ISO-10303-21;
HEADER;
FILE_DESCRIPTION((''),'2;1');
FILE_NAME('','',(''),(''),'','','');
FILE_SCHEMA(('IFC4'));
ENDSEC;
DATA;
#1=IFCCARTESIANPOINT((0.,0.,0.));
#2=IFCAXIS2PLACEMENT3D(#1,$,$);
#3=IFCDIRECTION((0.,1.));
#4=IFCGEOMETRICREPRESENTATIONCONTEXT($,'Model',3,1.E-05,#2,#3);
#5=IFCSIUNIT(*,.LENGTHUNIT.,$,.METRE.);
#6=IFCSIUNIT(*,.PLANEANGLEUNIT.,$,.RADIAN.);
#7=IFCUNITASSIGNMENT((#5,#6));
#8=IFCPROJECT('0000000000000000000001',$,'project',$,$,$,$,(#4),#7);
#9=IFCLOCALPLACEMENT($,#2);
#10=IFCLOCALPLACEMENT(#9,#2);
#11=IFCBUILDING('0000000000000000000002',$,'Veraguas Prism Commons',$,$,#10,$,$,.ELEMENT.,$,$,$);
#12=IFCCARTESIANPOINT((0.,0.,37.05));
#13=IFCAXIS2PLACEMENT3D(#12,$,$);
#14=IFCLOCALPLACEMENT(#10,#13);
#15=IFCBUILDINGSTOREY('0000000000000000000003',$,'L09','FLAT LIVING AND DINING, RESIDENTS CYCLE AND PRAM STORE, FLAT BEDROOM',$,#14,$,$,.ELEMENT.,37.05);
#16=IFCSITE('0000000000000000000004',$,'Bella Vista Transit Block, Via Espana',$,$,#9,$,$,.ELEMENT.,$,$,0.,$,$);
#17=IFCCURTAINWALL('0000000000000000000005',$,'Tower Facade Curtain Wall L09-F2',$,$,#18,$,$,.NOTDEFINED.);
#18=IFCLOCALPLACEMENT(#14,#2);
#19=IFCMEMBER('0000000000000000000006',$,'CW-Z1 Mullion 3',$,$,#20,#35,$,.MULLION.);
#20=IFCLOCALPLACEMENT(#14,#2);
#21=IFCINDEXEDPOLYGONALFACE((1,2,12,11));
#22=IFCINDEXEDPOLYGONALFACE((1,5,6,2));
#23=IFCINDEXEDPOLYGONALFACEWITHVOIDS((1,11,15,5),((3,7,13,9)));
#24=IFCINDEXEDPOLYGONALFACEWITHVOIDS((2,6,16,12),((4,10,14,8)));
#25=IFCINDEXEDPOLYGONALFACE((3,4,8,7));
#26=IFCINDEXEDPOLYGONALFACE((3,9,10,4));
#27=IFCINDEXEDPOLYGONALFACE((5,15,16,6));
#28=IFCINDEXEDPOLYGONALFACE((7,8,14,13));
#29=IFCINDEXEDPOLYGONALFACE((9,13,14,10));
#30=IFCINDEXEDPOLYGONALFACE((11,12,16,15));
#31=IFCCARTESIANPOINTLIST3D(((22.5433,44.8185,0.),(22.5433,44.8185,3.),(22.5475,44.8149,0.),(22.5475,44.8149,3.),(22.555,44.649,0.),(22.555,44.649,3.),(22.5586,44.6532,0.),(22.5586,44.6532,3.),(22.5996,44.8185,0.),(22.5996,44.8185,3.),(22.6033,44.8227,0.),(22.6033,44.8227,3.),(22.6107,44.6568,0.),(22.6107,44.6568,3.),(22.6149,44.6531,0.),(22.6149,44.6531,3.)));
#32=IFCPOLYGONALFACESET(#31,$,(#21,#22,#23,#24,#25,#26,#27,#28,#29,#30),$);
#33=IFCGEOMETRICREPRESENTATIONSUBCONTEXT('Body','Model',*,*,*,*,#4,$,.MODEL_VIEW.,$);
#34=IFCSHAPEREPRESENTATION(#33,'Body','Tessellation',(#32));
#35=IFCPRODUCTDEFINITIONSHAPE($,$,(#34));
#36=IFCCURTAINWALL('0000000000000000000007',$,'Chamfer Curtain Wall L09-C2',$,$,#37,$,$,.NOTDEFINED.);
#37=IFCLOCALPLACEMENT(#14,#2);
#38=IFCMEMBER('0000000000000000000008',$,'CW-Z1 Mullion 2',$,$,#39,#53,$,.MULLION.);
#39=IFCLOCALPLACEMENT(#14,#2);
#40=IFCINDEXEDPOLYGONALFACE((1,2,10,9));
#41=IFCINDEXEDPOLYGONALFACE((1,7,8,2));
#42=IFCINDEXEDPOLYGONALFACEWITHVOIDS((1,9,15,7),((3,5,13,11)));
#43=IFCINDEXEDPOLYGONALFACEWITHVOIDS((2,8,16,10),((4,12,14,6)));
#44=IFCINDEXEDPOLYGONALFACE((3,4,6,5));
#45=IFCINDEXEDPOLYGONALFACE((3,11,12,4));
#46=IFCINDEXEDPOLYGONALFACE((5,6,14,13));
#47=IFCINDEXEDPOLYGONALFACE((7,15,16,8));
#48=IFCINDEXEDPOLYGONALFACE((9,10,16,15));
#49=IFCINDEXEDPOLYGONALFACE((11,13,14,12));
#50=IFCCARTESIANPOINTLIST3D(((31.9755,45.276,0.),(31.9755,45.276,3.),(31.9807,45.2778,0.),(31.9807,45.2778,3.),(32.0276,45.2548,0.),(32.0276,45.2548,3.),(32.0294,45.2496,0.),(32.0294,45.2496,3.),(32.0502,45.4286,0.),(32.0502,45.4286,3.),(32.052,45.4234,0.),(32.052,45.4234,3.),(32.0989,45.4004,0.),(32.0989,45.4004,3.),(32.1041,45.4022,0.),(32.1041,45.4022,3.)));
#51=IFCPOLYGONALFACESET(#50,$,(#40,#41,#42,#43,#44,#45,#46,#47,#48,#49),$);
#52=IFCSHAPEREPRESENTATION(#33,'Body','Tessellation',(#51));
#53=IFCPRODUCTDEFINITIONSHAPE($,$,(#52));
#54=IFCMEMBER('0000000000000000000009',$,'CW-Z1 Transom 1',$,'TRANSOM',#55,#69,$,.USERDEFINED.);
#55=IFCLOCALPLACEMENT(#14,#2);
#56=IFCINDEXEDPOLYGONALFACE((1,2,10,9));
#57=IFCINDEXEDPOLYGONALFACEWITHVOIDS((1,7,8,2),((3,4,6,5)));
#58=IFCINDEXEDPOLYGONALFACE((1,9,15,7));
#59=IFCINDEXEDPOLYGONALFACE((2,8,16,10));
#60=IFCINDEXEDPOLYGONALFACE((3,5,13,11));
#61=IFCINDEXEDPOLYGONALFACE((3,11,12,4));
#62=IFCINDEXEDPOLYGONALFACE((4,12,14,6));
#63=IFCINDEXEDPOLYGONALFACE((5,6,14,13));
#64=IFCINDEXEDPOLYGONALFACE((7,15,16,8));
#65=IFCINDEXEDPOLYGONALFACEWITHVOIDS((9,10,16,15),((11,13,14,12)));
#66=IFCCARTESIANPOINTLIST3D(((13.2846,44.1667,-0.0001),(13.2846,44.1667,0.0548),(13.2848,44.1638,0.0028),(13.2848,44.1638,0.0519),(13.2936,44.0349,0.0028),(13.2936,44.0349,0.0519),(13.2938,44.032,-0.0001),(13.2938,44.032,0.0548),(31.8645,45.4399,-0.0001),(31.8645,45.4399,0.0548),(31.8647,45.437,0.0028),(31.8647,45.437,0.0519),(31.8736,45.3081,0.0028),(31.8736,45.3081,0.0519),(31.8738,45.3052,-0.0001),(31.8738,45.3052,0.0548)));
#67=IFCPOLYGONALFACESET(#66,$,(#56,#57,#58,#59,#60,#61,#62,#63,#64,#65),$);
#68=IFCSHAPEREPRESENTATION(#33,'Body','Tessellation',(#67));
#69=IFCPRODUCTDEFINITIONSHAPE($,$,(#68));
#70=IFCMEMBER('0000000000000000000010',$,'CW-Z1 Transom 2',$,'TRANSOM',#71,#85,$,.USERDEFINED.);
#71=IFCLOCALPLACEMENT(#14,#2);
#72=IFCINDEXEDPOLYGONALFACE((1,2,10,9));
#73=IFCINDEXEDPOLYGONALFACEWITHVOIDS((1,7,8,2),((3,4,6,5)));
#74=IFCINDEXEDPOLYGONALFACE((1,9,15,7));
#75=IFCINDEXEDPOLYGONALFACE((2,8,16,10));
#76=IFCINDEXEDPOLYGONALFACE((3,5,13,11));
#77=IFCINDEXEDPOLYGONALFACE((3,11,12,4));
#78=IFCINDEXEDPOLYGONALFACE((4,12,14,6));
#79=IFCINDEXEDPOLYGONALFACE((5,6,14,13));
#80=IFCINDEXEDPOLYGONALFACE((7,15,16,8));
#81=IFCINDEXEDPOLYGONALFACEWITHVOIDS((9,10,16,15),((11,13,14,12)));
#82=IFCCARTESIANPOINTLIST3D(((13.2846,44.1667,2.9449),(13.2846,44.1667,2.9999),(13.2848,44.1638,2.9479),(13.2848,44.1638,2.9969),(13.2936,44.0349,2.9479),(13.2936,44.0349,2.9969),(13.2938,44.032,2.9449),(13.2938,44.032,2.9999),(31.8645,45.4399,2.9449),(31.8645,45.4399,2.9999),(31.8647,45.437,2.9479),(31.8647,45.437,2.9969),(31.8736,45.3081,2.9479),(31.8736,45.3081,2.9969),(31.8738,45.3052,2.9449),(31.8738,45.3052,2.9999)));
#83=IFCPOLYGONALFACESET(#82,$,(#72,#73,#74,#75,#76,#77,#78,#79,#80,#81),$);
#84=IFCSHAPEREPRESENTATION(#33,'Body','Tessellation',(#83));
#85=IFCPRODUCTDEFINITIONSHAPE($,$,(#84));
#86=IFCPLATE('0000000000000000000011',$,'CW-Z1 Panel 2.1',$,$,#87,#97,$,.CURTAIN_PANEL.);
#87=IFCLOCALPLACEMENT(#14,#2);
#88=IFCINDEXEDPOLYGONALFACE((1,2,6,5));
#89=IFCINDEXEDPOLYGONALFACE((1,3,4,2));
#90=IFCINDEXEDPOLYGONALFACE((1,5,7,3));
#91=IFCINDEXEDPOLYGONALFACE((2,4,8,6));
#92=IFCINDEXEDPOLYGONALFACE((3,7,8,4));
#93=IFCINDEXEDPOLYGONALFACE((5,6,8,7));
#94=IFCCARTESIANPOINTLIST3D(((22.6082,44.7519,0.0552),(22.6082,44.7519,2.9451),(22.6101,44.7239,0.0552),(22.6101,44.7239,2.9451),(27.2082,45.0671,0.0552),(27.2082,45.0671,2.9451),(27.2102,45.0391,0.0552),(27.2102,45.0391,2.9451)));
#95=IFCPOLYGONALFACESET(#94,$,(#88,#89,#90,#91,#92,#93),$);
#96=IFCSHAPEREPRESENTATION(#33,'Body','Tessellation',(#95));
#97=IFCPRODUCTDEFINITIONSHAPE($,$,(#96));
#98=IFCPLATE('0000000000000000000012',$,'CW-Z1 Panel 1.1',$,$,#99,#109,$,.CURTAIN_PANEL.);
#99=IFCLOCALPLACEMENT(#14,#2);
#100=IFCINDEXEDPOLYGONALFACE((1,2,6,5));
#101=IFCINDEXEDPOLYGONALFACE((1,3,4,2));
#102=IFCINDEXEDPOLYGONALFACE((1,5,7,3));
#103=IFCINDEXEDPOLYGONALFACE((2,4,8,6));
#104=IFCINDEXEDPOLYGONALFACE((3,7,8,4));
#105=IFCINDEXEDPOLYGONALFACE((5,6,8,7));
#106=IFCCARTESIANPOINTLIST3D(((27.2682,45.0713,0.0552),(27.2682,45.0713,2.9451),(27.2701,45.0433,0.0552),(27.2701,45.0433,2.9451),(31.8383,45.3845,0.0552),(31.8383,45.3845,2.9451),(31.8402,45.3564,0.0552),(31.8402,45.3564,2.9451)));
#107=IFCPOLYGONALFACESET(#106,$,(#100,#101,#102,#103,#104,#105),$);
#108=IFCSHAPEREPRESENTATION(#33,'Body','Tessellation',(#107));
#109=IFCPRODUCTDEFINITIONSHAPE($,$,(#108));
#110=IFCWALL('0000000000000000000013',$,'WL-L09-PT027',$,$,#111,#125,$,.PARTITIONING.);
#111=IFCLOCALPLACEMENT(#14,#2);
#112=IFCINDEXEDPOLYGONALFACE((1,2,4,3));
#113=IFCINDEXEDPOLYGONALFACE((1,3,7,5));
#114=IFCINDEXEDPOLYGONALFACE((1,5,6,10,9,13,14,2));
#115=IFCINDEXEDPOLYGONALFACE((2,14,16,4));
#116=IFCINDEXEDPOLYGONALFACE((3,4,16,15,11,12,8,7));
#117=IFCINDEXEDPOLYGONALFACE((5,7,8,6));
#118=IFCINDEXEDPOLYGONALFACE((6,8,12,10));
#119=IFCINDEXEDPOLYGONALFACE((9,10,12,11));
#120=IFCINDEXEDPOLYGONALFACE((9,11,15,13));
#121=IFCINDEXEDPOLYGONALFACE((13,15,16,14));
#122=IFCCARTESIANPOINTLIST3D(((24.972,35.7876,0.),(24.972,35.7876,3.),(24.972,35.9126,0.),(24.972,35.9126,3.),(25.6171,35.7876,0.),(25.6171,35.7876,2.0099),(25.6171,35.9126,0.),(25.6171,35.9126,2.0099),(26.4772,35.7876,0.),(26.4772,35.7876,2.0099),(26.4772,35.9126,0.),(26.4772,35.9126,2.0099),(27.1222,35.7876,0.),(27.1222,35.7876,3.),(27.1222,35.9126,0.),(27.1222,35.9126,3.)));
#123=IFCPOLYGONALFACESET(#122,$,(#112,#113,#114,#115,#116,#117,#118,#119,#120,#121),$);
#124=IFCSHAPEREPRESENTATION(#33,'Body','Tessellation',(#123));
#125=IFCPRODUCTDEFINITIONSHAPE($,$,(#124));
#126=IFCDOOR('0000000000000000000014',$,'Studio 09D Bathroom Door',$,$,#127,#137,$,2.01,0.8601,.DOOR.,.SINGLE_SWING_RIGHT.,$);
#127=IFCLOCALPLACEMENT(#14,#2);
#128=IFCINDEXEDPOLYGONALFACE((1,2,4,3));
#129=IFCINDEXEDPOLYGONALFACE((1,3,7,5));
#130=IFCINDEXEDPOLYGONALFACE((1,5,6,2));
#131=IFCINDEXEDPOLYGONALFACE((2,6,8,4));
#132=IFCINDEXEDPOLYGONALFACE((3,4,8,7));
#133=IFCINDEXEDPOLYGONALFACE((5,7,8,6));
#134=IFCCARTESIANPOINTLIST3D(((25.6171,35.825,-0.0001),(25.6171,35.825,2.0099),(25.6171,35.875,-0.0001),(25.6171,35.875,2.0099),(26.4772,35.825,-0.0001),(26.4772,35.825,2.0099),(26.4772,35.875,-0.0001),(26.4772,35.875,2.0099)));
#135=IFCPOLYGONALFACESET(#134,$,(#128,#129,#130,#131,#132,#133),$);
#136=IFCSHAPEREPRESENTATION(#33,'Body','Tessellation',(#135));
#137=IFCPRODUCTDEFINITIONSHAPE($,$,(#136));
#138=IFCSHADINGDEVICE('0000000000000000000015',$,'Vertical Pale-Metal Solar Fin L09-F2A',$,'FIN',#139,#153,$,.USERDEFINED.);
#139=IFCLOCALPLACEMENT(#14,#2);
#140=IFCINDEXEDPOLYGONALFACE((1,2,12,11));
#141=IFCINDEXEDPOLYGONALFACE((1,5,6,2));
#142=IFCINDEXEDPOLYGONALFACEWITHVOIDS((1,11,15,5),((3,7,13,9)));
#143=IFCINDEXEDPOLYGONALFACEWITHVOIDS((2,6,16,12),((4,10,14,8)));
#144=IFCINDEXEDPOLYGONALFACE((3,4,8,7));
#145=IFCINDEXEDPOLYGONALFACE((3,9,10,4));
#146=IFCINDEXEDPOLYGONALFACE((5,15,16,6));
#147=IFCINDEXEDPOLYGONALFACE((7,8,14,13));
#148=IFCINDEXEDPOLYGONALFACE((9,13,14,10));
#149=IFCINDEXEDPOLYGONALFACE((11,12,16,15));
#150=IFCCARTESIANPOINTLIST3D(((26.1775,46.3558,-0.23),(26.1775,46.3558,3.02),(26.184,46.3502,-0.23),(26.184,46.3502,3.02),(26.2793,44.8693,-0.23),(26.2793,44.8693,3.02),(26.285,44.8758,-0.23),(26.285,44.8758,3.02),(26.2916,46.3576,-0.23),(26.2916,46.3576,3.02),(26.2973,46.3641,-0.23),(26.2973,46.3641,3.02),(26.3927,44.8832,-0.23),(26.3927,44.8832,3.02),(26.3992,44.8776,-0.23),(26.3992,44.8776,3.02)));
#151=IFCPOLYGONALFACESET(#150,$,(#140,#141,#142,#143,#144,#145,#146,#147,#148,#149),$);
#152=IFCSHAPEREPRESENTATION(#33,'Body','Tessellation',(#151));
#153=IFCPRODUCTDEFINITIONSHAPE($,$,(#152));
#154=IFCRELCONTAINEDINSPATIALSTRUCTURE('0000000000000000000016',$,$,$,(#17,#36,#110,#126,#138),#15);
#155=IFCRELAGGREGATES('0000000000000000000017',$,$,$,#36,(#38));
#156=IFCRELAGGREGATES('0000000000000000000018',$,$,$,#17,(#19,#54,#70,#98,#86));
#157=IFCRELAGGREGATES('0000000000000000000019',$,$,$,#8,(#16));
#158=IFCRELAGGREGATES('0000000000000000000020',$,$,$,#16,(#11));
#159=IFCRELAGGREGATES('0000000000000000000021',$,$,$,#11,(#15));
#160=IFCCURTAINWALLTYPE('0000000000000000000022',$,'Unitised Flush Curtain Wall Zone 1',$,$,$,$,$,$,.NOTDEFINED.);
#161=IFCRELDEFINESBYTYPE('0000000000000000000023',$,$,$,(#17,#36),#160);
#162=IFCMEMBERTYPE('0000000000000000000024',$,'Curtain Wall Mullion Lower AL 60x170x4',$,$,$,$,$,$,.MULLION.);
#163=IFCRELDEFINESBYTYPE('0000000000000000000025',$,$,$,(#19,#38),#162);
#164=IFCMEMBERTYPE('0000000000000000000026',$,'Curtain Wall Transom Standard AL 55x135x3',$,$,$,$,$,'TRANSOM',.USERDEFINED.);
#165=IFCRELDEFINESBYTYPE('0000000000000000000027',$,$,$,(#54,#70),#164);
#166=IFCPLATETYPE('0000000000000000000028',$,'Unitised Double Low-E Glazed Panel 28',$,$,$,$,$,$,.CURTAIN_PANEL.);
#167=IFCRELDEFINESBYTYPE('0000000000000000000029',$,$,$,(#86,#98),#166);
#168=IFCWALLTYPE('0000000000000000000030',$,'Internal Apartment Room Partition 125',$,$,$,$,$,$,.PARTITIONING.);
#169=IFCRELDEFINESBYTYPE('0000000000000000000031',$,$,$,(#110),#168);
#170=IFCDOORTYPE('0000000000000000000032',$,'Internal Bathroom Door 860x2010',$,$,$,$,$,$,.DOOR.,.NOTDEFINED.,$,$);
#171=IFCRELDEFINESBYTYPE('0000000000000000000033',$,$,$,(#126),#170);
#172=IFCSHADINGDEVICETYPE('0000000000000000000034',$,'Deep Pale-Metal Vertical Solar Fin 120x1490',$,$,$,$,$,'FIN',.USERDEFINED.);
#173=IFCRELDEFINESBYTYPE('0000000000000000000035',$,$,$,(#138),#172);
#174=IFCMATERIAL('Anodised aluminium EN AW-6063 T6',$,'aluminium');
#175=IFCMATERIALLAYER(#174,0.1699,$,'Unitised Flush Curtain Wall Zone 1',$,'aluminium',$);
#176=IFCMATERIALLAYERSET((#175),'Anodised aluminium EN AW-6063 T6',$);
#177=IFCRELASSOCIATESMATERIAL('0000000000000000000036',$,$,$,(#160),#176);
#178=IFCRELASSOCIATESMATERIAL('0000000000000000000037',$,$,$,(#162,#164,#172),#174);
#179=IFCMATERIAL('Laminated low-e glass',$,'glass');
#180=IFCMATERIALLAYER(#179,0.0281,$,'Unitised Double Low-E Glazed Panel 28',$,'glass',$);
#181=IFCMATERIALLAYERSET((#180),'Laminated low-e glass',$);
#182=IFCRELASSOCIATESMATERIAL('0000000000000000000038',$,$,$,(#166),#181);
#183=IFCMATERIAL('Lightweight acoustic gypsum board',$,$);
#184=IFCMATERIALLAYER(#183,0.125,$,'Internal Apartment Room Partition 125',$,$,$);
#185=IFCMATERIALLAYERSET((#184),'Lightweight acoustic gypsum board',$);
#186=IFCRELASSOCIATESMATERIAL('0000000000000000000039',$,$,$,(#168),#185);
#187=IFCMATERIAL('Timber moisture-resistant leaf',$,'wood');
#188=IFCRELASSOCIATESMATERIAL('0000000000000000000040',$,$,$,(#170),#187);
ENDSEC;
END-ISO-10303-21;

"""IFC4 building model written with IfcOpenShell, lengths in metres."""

from ifc_helpers import new_model, si_unit, direction, frame, frame_2d, origin, origin_2d, place, context, subcontext, project, spatial, rectangle, hollow_rectangle, extrude, source, transform, mapped, material, layer, layer_set, material_profile, profile_set, type_object, element, fill, aggregate, save


model = new_model("IFC4")

# Units and contexts
model_context = context("Model", 3, precision=1e-05, world=origin(), true_north=direction((0.0, 1.0)))
body_context = subcontext(model_context, "Body", "Model", "MODEL_VIEW")
ifc_project = project(units=[si_unit("LENGTHUNIT", "METRE"), si_unit("PLANEANGLEUNIT", "RADIAN")], contexts=[model_context])

# Site, building, storey
site_placement = place(None, origin())
site = spatial("IfcSite", under=ifc_project, at=site_placement, Name="Bella Vista Transit Block, Via Espana", CompositionType="ELEMENT", RefElevation=0.0)
building_placement = place(site_placement, origin())
building = spatial("IfcBuilding", under=site, at=building_placement, Name="Veraguas Prism Commons", CompositionType="ELEMENT")
storey_placement = place(building_placement, frame((0.0, 0.0, 37.05)))
storey = spatial("IfcBuildingStorey", under=building, at=storey_placement, Name="L09", Description="FLAT LIVING AND DINING, RESIDENTS CYCLE AND PRAM STORE, FLAT BEDROOM", CompositionType="ELEMENT", Elevation=37.05)

# Curtain wall, member
ifc_material_1 = material(Name="Anodised aluminium EN AW-6063 T6", Category="aluminium")
ifc_layer_1 = layer(ifc_material_1, 0.1699, Name="Unitised Flush Curtain Wall Zone 1", Category="aluminium")
ifc_layer_set_1 = layer_set([ifc_layer_1], Name="Anodised aluminium EN AW-6063 T6")
curtain_wall_type = type_object("IfcCurtainWallType", Name="Unitised Flush Curtain Wall Zone 1", PredefinedType="NOTDEFINED", material=ifc_layer_set_1)
curtain_wall_1_placement = place(storey_placement, origin())
curtain_wall_1 = element("IfcCurtainWall", 1, at=curtain_wall_1_placement, inside=storey, type_object=curtain_wall_type, Name="Tower Facade Curtain Wall L09-F2", PredefinedType="NOTDEFINED")
ifc_material_profile_1 = material_profile(ifc_material_1, hollow_rectangle(XDim=0.0601, YDim=0.1699, WallThickness=0.0039, at=origin_2d()), Name="AL60X170X4")
ifc_profile_set_1 = profile_set([ifc_material_profile_1], Name="Anodised aluminium EN AW-6063 T6")
member_type_1 = type_object("IfcMemberType", Name="Curtain Wall Mullion Lower AL 60x170x4", PredefinedType="MULLION", material=ifc_profile_set_1)
shared_shape_1 = source(origin(), body_context, "Body", "SweptSolid", [
    extrude(hollow_rectangle(XDim=0.0601, YDim=0.1699, WallThickness=0.0039, at=origin_2d()), origin(), (0.0, 0.0, 1.0), 3.0),
])
member_1_placement = place(storey_placement, frame((22.5791, 44.7358, 0.0), z_axis=(0.0, 0.0, 1.0), x_axis=(-0.99766, -0.068364, 0.0)))
member_1 = element("IfcMember", 2, at=member_1_placement, type_object=member_type_1, Name="CW-Z1 Mullion 3", PredefinedType="MULLION", context=body_context, shape_type="MappedRepresentation", body=[
    mapped(shared_shape_1, transform((0.0, 0.0, 0.0), scale=1.0)),
])

# Curtain wall, member
curtain_wall_2_placement = place(storey_placement, origin())
curtain_wall_2 = element("IfcCurtainWall", 3, at=curtain_wall_2_placement, inside=storey, type_object=curtain_wall_type, Name="Chamfer Curtain Wall L09-C2", PredefinedType="NOTDEFINED")
member_2_placement = place(storey_placement, frame((32.0398, 45.3391, 0.0), z_axis=(0.0, 0.0, 1.0), x_axis=(-0.898185, 0.439618, 0.0)))
member_2 = element("IfcMember", 4, at=member_2_placement, type_object=member_type_1, Name="CW-Z1 Mullion 2", PredefinedType="MULLION", context=body_context, shape_type="MappedRepresentation", body=[
    mapped(shared_shape_1, transform((0.0, 0.0, 0.0), scale=1.0)),
])
aggregate(curtain_wall_2, [member_2])

# Members
ifc_material_profile_2 = material_profile(ifc_material_1, hollow_rectangle(XDim=0.0549, YDim=0.135, WallThickness=0.0029, at=origin_2d()), Name="AL55X135X3")
ifc_profile_set_2 = profile_set([ifc_material_profile_2], Name="Anodised aluminium EN AW-6063 T6")
member_type_2 = type_object("IfcMemberType", Name="Curtain Wall Transom Standard AL 55x135x3", ElementType="TRANSOM", PredefinedType="USERDEFINED", material=ifc_profile_set_2)
shared_shape_2 = source(origin(), body_context, "Body", "SweptSolid", [
    extrude(hollow_rectangle(XDim=0.0549, YDim=0.135, WallThickness=0.0029, at=origin_2d()), origin(), (0.0, 0.0, 1.0), 18.6235),
])
member_3_placement = place(storey_placement, frame((31.8691, 45.3726, 0.0273), z_axis=(-0.99766, -0.068364, 0.0), x_axis=(0.0, 0.0, 1.0)))
member_3 = element("IfcMember", 5, at=member_3_placement, type_object=member_type_2, Name="CW-Z1 Transom 1", ObjectType="TRANSOM", PredefinedType="USERDEFINED", context=body_context, shape_type="MappedRepresentation", body=[
    mapped(shared_shape_2, transform((0.0, 0.0, 0.0), scale=1.0)),
])
member_4_placement = place(storey_placement, frame((31.8691, 45.3726, 2.9724), z_axis=(-0.99766, -0.068364, 0.0), x_axis=(0.0, 0.0, 1.0)))
member_4 = element("IfcMember", 6, at=member_4_placement, type_object=member_type_2, Name="CW-Z1 Transom 2", ObjectType="TRANSOM", PredefinedType="USERDEFINED", context=body_context, shape_type="MappedRepresentation", body=[
    mapped(shared_shape_2, transform((0.0, 0.0, 0.0), scale=1.0)),
])

# Plates
ifc_material_2 = material(Name="Laminated low-e glass", Category="glass")
ifc_layer_2 = layer(ifc_material_2, 0.0281, Name="Unitised Double Low-E Glazed Panel 28", Category="glass")
ifc_layer_set_2 = layer_set([ifc_layer_2], Name="Laminated low-e glass")
plate_type = type_object("IfcPlateType", Name="Unitised Double Low-E Glazed Panel 28", PredefinedType="CURTAIN_PANEL", material=ifc_layer_set_2)
shared_shape_3 = source(origin(), body_context, "Body", "SweptSolid", [
    extrude(rectangle(XDim=4.6108, YDim=0.0281, at=origin_2d()), origin(), (0.0, 0.0, 1.0), 2.8899),
])
plate_1_placement = place(storey_placement, frame((24.9092, 44.8955, 0.0552), z_axis=(0.0, 0.0, 1.0), x_axis=(-0.99766, -0.068364, 0.0)))
plate_1 = element("IfcPlate", 7, at=plate_1_placement, type_object=plate_type, Name="CW-Z1 Panel 2.1", PredefinedType="CURTAIN_PANEL", context=body_context, shape_type="MappedRepresentation", body=[
    mapped(shared_shape_3, transform((0.0, 0.0, 0.0), scale=1.0)),
])
shared_shape_4 = source(origin(), body_context, "Body", "SweptSolid", [
    extrude(rectangle(XDim=4.5808, YDim=0.0281, at=origin_2d()), origin(), (0.0, 0.0, 1.0), 2.8899),
])
plate_2_placement = place(storey_placement, frame((29.5542, 45.2139, 0.0552), z_axis=(0.0, 0.0, 1.0), x_axis=(-0.99766, -0.068364, 0.0)))
plate_2 = element("IfcPlate", 8, at=plate_2_placement, type_object=plate_type, Name="CW-Z1 Panel 1.1", PredefinedType="CURTAIN_PANEL", context=body_context, shape_type="MappedRepresentation", body=[
    mapped(shared_shape_4, transform((0.0, 0.0, 0.0), scale=1.0)),
])
aggregate(curtain_wall_1, [member_1, member_3, member_4, plate_2, plate_1])

# Wall, opening, door
ifc_material_3 = material(Name="Lightweight acoustic gypsum board")
ifc_layer_3 = layer(ifc_material_3, 0.125, Name="Internal Apartment Room Partition 125")
ifc_layer_set_3 = layer_set([ifc_layer_3], Name="Lightweight acoustic gypsum board")
wall_type = type_object("IfcWallType", Name="Internal Apartment Room Partition 125", PredefinedType="PARTITIONING", material=ifc_layer_set_3)
wall_placement = place(storey_placement, frame((24.9719, 35.8501, 0.0), z_axis=(0.0, 0.0, 1.0), x_axis=(1.0, 0.0, 0.0)))
wall = element("IfcWall", 9, at=wall_placement, inside=storey, type_object=wall_type, Name="WL-L09-PT027", PredefinedType="PARTITIONING", context=body_context, shape_type="SweptSolid", body=[
    extrude(rectangle(XDim=2.1501, YDim=0.125, at=frame_2d((1.0752, 0.0))), origin(), (0.0, 0.0, 1.0), 3.0),
])
opening_placement = place(wall_placement, frame((0.645, 0.0, 0.0)))
opening = element("IfcOpeningElement", 10, at=opening_placement, cuts=wall, PredefinedType="OPENING", context=body_context, shape_type="SweptSolid", body=[
    extrude(rectangle(XDim=0.8601, YDim=2.01, at=frame_2d((0.4302, 1.0049))), frame((0.0, 0.0725, 0.0), z_axis=(0.0, -1.0, 0.0), x_axis=(1.0, 0.0, 0.0)), (0.0, 0.0, 1.0), 0.145),
])
ifc_material_4 = material(Name="Timber moisture-resistant leaf", Category="wood")
door_type = type_object("IfcDoorType", Name="Internal Bathroom Door 860x2010", OperationType="NOTDEFINED", PredefinedType="DOOR", material=ifc_material_4)
shared_shape_5 = source(origin(), body_context, "Body", "SweptSolid", [
    extrude(rectangle(XDim=0.8601, YDim=2.01, at=frame_2d((0.4302, 1.0049))), frame((0.0, 0.0249, 0.0), z_axis=(0.0, -1.0, 0.0), x_axis=(1.0, 0.0, 0.0)), (0.0, 0.0, 1.0), 0.05),
])
door_placement = place(opening_placement, origin())
door = element("IfcDoor", 11, at=door_placement, inside=storey, type_object=door_type, Name="Studio 09D Bathroom Door", OperationType="SINGLE_SWING_RIGHT", OverallHeight=2.01, OverallWidth=0.8601, PredefinedType="DOOR", context=body_context, shape_type="MappedRepresentation", body=[
    mapped(shared_shape_5, transform((0.0, 0.0, 0.0), scale=1.0)),
])
fill(opening, door)

# Shading device
ifc_material_profile_3 = material_profile(ifc_material_1, hollow_rectangle(XDim=0.1201, YDim=1.49, WallThickness=0.0061, at=origin_2d()), Name="FIN120X1490X6")
ifc_profile_set_3 = profile_set([ifc_material_profile_3], Name="Anodised aluminium EN AW-6063 T6")
shading_device_type = type_object("IfcShadingDeviceType", Name="Deep Pale-Metal Vertical Solar Fin 120x1490", ElementType="FIN", PredefinedType="USERDEFINED", material=ifc_profile_set_3)
shading_device_placement = place(storey_placement, frame((26.2883, 45.6167, -0.23), z_axis=(0.0, 0.0, 1.0), x_axis=(-0.99766, -0.068364, 0.0)))
element("IfcShadingDevice", 12, at=shading_device_placement, inside=storey, type_object=shading_device_type, Name="Vertical Pale-Metal Solar Fin L09-F2A", ObjectType="FIN", PredefinedType="USERDEFINED", context=body_context, shape_type="SweptSolid", body=[
    extrude(hollow_rectangle(XDim=0.1201, YDim=1.49, WallThickness=0.0061, at=origin_2d()), origin(), (0.0, 0.0, 1.0), 3.25),
])

save(model, "model.ifc")
